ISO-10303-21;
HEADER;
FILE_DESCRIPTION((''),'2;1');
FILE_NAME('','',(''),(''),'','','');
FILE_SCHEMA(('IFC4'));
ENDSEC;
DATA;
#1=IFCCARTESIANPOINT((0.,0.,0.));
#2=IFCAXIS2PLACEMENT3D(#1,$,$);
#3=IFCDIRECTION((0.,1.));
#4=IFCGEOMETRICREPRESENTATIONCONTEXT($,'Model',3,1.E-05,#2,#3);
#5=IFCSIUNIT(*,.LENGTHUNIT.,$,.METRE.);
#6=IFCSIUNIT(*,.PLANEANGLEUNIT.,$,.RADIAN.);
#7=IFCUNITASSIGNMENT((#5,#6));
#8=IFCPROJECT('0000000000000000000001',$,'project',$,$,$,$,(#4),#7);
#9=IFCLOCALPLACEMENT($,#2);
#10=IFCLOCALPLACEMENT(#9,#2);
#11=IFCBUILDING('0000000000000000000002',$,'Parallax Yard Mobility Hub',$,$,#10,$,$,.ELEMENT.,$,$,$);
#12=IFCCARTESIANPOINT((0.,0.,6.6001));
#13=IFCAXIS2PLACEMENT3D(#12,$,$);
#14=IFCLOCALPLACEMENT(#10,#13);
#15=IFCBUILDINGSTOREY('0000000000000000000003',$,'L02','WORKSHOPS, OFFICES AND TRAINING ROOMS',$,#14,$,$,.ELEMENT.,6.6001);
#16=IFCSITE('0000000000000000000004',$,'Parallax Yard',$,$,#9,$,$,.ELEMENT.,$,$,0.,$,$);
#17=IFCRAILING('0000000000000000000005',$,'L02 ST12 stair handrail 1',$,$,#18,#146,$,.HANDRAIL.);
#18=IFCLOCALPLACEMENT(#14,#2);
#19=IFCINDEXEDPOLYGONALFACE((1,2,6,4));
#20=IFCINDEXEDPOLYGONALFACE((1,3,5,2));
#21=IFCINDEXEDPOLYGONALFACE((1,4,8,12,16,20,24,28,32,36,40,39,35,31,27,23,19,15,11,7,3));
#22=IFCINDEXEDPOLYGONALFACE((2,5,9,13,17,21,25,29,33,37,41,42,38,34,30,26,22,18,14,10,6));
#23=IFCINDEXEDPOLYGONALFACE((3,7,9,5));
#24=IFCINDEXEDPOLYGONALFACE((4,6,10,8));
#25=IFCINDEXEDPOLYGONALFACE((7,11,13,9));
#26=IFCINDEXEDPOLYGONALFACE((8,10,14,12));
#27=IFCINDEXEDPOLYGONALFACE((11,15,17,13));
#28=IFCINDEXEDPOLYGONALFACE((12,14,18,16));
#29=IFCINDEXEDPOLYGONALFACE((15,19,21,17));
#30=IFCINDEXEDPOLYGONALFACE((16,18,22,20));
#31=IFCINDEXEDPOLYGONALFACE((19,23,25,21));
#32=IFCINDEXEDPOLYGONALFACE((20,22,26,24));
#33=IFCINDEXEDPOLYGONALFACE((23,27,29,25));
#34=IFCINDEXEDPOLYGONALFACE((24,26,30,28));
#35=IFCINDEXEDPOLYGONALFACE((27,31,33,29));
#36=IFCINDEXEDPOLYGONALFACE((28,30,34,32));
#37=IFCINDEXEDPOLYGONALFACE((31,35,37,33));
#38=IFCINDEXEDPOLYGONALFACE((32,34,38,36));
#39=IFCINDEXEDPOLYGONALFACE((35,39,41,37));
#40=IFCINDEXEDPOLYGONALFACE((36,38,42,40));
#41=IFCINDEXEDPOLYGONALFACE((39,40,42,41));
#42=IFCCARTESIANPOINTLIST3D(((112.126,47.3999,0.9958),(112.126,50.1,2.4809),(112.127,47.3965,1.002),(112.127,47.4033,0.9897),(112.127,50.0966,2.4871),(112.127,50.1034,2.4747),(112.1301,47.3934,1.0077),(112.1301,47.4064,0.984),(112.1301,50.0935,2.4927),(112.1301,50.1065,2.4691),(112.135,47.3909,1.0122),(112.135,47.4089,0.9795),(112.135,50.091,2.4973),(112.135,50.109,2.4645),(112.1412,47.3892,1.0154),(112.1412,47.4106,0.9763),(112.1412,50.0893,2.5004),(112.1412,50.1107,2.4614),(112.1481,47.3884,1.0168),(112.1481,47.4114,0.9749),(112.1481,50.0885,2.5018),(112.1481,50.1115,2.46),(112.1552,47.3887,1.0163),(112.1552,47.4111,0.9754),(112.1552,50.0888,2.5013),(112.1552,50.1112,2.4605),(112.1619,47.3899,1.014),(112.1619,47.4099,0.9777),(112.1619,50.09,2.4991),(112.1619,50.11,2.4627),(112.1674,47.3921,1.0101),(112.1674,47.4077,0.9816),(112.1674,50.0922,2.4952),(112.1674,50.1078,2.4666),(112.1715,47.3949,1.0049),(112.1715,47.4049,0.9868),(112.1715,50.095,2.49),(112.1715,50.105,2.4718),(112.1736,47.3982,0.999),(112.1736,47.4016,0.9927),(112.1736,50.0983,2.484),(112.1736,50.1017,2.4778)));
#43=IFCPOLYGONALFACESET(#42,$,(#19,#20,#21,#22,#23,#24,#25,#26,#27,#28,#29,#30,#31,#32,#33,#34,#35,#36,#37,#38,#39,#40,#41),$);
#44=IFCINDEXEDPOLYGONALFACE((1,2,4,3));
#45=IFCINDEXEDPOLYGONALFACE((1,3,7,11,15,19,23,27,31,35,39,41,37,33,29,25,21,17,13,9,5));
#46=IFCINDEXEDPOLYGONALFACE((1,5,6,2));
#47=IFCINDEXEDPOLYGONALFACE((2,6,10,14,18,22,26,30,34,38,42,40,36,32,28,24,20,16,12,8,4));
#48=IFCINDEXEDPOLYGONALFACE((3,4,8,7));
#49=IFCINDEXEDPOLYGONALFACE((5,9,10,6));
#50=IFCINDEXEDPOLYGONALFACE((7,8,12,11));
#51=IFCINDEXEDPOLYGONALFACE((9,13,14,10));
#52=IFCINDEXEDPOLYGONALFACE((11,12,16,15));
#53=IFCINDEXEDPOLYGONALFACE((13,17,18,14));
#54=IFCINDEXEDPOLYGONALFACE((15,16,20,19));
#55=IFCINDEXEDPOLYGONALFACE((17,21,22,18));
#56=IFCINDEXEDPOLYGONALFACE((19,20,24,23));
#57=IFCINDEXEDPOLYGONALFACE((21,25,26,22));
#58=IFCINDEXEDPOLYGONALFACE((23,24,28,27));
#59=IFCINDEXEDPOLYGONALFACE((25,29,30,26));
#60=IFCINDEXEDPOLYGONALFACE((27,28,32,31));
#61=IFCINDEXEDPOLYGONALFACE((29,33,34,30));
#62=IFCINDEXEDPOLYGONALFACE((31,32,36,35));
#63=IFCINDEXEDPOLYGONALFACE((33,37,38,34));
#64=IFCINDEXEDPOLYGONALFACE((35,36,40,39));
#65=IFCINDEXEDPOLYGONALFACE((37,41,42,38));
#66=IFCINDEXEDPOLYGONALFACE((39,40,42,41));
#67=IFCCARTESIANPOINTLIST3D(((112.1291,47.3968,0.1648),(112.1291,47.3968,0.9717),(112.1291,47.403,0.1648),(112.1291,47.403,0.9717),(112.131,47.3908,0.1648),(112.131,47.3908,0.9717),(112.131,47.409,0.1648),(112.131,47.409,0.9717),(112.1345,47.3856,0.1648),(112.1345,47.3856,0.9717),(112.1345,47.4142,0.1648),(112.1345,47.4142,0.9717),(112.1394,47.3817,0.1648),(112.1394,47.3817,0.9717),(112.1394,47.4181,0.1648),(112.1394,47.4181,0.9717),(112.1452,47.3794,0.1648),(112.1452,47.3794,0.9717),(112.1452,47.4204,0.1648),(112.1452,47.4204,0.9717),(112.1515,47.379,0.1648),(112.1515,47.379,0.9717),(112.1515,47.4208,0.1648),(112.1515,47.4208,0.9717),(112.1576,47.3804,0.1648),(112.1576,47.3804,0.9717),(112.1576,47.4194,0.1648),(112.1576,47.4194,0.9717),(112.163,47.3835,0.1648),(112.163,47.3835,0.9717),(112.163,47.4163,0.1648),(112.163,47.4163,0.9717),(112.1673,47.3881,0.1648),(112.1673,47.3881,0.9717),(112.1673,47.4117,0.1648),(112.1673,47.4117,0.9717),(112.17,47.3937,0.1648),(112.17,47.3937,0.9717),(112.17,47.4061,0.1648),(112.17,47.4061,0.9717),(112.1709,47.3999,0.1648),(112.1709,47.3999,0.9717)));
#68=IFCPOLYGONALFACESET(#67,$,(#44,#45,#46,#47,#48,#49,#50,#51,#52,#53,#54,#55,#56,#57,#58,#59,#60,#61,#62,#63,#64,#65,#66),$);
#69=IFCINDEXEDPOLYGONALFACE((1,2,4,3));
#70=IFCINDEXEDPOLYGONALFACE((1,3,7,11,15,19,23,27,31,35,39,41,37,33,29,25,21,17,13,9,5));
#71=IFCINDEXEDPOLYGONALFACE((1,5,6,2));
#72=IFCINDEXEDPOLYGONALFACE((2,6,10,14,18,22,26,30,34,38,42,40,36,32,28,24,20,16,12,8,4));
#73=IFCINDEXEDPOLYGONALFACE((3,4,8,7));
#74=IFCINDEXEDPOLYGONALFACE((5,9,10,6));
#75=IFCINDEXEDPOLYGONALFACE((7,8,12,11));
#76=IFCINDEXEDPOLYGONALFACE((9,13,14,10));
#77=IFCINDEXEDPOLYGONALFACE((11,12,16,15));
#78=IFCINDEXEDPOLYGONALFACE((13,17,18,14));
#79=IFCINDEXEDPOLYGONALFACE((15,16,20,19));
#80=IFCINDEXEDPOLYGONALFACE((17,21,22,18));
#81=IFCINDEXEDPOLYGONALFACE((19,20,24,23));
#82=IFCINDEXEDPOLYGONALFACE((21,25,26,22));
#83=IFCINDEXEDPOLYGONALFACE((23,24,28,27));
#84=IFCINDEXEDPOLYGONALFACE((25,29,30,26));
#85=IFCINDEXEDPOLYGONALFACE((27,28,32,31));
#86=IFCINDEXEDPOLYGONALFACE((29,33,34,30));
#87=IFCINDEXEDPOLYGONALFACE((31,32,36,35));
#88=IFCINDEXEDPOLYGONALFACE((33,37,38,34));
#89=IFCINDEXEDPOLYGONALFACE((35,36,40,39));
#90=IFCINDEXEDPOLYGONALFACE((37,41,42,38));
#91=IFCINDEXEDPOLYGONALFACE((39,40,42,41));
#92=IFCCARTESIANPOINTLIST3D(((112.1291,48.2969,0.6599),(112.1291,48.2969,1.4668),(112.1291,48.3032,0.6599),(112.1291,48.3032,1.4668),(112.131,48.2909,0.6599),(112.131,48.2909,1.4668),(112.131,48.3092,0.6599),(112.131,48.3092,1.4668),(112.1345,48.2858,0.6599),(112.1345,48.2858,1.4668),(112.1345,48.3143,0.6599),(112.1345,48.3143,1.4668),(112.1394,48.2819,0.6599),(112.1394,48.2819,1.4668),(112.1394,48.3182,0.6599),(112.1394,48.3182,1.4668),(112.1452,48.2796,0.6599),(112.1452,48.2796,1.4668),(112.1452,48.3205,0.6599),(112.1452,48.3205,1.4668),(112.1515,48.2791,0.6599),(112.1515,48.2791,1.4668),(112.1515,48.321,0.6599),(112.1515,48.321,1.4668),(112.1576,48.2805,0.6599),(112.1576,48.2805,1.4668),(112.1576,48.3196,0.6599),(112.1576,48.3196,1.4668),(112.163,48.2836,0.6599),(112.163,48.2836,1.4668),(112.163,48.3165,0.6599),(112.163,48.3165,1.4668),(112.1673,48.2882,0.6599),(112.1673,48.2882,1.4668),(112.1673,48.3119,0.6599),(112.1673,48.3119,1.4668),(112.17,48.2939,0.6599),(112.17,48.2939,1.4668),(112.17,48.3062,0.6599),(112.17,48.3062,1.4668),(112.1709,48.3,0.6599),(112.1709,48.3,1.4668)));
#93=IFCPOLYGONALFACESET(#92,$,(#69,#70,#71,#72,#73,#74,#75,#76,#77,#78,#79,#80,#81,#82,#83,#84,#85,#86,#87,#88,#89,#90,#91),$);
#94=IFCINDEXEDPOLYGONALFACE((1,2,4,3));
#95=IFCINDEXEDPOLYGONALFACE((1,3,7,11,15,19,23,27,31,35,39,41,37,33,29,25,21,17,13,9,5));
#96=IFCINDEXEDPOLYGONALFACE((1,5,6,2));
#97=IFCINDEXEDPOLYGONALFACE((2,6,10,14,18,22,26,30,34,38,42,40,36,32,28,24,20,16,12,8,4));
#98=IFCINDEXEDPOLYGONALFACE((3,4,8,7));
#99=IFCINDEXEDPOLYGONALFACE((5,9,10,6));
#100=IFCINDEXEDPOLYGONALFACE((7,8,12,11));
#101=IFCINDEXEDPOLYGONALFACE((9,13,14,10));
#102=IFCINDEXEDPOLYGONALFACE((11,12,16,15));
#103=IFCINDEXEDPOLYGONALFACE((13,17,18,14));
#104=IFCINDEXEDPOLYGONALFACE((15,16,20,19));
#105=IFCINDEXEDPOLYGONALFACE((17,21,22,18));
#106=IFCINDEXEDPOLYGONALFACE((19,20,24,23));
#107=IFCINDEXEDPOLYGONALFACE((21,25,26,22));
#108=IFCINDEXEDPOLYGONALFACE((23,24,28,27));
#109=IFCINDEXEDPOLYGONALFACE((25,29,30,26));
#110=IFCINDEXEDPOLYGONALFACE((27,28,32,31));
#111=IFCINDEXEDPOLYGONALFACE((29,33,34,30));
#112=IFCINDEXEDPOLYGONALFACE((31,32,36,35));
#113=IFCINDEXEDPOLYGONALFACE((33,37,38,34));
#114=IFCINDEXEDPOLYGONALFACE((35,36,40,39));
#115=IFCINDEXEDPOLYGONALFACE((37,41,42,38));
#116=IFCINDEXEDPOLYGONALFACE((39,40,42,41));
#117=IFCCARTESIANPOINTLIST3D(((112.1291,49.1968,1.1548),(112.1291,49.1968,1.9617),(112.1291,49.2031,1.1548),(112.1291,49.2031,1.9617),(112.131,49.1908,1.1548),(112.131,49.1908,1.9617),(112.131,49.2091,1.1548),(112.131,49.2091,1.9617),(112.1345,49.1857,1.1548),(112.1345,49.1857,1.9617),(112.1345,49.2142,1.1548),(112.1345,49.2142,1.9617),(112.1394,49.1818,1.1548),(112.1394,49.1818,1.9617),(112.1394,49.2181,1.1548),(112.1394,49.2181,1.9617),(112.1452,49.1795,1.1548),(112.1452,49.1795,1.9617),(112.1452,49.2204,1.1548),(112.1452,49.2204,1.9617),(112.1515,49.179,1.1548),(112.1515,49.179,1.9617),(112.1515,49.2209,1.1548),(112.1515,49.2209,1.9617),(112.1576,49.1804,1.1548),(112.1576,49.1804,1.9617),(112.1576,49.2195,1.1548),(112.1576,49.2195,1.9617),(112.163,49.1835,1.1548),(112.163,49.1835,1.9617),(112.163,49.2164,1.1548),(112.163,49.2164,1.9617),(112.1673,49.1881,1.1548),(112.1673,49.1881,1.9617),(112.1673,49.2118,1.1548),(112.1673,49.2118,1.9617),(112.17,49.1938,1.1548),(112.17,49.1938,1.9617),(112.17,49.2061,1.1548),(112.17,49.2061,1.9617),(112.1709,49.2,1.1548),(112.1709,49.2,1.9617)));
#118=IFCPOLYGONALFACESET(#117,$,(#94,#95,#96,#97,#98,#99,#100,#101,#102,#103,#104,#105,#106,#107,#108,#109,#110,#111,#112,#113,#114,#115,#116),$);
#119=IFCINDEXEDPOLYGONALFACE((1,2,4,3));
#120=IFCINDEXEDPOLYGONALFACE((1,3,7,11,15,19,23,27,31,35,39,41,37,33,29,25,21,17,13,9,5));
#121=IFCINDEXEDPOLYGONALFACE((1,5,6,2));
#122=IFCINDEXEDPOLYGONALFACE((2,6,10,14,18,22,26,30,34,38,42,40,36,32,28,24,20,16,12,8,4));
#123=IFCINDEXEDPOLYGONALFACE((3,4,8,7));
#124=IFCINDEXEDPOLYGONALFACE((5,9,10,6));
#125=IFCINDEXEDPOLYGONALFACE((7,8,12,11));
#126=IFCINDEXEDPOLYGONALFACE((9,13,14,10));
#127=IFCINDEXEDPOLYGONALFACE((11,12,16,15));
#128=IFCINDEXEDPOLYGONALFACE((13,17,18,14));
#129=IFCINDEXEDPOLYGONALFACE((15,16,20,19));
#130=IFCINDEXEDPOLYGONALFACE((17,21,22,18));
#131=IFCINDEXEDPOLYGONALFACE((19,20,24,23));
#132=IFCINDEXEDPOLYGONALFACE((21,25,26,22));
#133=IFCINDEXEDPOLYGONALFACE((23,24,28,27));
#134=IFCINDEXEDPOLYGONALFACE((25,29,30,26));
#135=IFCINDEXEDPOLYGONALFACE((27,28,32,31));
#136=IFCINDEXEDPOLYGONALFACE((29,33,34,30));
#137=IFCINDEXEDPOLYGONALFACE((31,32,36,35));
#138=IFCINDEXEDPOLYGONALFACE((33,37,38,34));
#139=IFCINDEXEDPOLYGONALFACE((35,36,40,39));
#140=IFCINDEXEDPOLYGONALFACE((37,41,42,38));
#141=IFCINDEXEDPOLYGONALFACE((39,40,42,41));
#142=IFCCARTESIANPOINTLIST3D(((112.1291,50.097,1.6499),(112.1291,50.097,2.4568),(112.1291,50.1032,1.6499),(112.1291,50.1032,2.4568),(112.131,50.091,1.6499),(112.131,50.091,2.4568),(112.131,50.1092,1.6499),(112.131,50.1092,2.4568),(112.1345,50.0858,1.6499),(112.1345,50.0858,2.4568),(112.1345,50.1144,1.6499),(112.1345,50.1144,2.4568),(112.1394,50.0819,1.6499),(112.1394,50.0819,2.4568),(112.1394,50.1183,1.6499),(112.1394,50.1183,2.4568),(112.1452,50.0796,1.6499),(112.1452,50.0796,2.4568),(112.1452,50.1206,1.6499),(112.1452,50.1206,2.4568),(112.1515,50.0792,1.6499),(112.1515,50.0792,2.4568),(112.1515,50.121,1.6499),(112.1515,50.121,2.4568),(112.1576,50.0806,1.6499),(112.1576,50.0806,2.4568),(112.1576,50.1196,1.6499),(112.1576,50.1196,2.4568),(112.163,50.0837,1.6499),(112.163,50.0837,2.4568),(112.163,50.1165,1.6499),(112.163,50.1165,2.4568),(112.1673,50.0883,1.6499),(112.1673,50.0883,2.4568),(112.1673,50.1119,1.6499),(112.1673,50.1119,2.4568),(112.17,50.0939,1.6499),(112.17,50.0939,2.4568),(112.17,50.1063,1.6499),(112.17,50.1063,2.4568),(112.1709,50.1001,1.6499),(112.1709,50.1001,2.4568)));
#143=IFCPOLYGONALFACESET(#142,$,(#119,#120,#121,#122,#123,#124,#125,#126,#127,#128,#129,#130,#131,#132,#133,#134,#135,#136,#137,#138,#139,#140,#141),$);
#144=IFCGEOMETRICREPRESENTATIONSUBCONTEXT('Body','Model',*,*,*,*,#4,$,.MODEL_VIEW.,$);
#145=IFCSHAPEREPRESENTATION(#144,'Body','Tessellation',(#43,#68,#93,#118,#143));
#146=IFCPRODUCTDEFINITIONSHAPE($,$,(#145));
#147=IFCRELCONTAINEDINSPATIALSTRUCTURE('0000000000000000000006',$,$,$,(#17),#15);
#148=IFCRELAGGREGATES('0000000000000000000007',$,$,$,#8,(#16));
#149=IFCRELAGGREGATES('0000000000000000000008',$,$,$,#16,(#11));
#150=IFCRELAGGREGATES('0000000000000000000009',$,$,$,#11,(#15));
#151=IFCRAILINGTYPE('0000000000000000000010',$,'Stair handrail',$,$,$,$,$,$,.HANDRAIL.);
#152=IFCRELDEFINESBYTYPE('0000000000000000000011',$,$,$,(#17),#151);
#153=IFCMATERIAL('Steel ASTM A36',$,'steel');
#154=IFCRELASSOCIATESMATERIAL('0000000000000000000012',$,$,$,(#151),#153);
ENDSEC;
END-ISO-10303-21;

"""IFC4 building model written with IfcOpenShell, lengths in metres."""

from ifc_helpers import new_model, si_unit, direction, frame, origin, origin_2d, place, context, subcontext, project, spatial, circle, extrude, material, type_object, element, save


model = new_model("IFC4")

# Units and contexts
model_context = context("Model", 3, precision=1e-05, world=origin(), true_north=direction((0.0, 1.0)))
body_context = subcontext(model_context, "Body", "Model", "MODEL_VIEW")
ifc_project = project(units=[si_unit("LENGTHUNIT", "METRE"), si_unit("PLANEANGLEUNIT", "RADIAN")], contexts=[model_context])

# Site, building, storey
site_placement = place(None, origin())
site = spatial("IfcSite", under=ifc_project, at=site_placement, Name="Parallax Yard", CompositionType="ELEMENT", RefElevation=0.0)
building_placement = place(site_placement, origin())
building = spatial("IfcBuilding", under=site, at=building_placement, Name="Parallax Yard Mobility Hub", CompositionType="ELEMENT")
storey_placement = place(building_placement, frame((0.0, 0.0, 6.6001)))
storey = spatial("IfcBuildingStorey", under=building, at=storey_placement, Name="L02", Description="WORKSHOPS, OFFICES AND TRAINING ROOMS", CompositionType="ELEMENT", Elevation=6.6001)

# Railing
ifc_material_1 = material(Name="Steel ASTM A36", Category="steel")
railing_type_1 = type_object("IfcRailingType", Name="Stair handrail", PredefinedType="HANDRAIL", material=ifc_material_1)
railing_1_placement = place(storey_placement, frame((112.1499, 47.3999, 0.1648)))
element("IfcRailing", 1, at=railing_1_placement, inside=storey, type_object=railing_type_1, Name="L02 ST12 stair handrail 1", PredefinedType="HANDRAIL", context=body_context, shape_type="SweptSolid", body=[
    extrude(circle(Radius=0.0239, at=origin_2d()), frame((0.0, 0.0, 0.8311), z_axis=(0.0, 0.876216, 0.481919), x_axis=(-1.0, 0.0, 0.0)), (0.0, 0.0, 1.0), 3.0815),
    extrude(circle(Radius=0.021, at=origin_2d()), origin(), (0.0, 0.0, 1.0), 0.8069),
    extrude(circle(Radius=0.021, at=origin_2d()), frame((0.0, 0.9001, 0.4951)), (0.0, 0.0, 1.0), 0.8069),
    extrude(circle(Radius=0.021, at=origin_2d()), frame((0.0, 1.8, 0.99)), (0.0, 0.0, 1.0), 0.8069),
    extrude(circle(Radius=0.021, at=origin_2d()), frame((0.0, 2.7002, 1.4851)), (0.0, 0.0, 1.0), 0.8069),
])

save(model, "model.ifc")
